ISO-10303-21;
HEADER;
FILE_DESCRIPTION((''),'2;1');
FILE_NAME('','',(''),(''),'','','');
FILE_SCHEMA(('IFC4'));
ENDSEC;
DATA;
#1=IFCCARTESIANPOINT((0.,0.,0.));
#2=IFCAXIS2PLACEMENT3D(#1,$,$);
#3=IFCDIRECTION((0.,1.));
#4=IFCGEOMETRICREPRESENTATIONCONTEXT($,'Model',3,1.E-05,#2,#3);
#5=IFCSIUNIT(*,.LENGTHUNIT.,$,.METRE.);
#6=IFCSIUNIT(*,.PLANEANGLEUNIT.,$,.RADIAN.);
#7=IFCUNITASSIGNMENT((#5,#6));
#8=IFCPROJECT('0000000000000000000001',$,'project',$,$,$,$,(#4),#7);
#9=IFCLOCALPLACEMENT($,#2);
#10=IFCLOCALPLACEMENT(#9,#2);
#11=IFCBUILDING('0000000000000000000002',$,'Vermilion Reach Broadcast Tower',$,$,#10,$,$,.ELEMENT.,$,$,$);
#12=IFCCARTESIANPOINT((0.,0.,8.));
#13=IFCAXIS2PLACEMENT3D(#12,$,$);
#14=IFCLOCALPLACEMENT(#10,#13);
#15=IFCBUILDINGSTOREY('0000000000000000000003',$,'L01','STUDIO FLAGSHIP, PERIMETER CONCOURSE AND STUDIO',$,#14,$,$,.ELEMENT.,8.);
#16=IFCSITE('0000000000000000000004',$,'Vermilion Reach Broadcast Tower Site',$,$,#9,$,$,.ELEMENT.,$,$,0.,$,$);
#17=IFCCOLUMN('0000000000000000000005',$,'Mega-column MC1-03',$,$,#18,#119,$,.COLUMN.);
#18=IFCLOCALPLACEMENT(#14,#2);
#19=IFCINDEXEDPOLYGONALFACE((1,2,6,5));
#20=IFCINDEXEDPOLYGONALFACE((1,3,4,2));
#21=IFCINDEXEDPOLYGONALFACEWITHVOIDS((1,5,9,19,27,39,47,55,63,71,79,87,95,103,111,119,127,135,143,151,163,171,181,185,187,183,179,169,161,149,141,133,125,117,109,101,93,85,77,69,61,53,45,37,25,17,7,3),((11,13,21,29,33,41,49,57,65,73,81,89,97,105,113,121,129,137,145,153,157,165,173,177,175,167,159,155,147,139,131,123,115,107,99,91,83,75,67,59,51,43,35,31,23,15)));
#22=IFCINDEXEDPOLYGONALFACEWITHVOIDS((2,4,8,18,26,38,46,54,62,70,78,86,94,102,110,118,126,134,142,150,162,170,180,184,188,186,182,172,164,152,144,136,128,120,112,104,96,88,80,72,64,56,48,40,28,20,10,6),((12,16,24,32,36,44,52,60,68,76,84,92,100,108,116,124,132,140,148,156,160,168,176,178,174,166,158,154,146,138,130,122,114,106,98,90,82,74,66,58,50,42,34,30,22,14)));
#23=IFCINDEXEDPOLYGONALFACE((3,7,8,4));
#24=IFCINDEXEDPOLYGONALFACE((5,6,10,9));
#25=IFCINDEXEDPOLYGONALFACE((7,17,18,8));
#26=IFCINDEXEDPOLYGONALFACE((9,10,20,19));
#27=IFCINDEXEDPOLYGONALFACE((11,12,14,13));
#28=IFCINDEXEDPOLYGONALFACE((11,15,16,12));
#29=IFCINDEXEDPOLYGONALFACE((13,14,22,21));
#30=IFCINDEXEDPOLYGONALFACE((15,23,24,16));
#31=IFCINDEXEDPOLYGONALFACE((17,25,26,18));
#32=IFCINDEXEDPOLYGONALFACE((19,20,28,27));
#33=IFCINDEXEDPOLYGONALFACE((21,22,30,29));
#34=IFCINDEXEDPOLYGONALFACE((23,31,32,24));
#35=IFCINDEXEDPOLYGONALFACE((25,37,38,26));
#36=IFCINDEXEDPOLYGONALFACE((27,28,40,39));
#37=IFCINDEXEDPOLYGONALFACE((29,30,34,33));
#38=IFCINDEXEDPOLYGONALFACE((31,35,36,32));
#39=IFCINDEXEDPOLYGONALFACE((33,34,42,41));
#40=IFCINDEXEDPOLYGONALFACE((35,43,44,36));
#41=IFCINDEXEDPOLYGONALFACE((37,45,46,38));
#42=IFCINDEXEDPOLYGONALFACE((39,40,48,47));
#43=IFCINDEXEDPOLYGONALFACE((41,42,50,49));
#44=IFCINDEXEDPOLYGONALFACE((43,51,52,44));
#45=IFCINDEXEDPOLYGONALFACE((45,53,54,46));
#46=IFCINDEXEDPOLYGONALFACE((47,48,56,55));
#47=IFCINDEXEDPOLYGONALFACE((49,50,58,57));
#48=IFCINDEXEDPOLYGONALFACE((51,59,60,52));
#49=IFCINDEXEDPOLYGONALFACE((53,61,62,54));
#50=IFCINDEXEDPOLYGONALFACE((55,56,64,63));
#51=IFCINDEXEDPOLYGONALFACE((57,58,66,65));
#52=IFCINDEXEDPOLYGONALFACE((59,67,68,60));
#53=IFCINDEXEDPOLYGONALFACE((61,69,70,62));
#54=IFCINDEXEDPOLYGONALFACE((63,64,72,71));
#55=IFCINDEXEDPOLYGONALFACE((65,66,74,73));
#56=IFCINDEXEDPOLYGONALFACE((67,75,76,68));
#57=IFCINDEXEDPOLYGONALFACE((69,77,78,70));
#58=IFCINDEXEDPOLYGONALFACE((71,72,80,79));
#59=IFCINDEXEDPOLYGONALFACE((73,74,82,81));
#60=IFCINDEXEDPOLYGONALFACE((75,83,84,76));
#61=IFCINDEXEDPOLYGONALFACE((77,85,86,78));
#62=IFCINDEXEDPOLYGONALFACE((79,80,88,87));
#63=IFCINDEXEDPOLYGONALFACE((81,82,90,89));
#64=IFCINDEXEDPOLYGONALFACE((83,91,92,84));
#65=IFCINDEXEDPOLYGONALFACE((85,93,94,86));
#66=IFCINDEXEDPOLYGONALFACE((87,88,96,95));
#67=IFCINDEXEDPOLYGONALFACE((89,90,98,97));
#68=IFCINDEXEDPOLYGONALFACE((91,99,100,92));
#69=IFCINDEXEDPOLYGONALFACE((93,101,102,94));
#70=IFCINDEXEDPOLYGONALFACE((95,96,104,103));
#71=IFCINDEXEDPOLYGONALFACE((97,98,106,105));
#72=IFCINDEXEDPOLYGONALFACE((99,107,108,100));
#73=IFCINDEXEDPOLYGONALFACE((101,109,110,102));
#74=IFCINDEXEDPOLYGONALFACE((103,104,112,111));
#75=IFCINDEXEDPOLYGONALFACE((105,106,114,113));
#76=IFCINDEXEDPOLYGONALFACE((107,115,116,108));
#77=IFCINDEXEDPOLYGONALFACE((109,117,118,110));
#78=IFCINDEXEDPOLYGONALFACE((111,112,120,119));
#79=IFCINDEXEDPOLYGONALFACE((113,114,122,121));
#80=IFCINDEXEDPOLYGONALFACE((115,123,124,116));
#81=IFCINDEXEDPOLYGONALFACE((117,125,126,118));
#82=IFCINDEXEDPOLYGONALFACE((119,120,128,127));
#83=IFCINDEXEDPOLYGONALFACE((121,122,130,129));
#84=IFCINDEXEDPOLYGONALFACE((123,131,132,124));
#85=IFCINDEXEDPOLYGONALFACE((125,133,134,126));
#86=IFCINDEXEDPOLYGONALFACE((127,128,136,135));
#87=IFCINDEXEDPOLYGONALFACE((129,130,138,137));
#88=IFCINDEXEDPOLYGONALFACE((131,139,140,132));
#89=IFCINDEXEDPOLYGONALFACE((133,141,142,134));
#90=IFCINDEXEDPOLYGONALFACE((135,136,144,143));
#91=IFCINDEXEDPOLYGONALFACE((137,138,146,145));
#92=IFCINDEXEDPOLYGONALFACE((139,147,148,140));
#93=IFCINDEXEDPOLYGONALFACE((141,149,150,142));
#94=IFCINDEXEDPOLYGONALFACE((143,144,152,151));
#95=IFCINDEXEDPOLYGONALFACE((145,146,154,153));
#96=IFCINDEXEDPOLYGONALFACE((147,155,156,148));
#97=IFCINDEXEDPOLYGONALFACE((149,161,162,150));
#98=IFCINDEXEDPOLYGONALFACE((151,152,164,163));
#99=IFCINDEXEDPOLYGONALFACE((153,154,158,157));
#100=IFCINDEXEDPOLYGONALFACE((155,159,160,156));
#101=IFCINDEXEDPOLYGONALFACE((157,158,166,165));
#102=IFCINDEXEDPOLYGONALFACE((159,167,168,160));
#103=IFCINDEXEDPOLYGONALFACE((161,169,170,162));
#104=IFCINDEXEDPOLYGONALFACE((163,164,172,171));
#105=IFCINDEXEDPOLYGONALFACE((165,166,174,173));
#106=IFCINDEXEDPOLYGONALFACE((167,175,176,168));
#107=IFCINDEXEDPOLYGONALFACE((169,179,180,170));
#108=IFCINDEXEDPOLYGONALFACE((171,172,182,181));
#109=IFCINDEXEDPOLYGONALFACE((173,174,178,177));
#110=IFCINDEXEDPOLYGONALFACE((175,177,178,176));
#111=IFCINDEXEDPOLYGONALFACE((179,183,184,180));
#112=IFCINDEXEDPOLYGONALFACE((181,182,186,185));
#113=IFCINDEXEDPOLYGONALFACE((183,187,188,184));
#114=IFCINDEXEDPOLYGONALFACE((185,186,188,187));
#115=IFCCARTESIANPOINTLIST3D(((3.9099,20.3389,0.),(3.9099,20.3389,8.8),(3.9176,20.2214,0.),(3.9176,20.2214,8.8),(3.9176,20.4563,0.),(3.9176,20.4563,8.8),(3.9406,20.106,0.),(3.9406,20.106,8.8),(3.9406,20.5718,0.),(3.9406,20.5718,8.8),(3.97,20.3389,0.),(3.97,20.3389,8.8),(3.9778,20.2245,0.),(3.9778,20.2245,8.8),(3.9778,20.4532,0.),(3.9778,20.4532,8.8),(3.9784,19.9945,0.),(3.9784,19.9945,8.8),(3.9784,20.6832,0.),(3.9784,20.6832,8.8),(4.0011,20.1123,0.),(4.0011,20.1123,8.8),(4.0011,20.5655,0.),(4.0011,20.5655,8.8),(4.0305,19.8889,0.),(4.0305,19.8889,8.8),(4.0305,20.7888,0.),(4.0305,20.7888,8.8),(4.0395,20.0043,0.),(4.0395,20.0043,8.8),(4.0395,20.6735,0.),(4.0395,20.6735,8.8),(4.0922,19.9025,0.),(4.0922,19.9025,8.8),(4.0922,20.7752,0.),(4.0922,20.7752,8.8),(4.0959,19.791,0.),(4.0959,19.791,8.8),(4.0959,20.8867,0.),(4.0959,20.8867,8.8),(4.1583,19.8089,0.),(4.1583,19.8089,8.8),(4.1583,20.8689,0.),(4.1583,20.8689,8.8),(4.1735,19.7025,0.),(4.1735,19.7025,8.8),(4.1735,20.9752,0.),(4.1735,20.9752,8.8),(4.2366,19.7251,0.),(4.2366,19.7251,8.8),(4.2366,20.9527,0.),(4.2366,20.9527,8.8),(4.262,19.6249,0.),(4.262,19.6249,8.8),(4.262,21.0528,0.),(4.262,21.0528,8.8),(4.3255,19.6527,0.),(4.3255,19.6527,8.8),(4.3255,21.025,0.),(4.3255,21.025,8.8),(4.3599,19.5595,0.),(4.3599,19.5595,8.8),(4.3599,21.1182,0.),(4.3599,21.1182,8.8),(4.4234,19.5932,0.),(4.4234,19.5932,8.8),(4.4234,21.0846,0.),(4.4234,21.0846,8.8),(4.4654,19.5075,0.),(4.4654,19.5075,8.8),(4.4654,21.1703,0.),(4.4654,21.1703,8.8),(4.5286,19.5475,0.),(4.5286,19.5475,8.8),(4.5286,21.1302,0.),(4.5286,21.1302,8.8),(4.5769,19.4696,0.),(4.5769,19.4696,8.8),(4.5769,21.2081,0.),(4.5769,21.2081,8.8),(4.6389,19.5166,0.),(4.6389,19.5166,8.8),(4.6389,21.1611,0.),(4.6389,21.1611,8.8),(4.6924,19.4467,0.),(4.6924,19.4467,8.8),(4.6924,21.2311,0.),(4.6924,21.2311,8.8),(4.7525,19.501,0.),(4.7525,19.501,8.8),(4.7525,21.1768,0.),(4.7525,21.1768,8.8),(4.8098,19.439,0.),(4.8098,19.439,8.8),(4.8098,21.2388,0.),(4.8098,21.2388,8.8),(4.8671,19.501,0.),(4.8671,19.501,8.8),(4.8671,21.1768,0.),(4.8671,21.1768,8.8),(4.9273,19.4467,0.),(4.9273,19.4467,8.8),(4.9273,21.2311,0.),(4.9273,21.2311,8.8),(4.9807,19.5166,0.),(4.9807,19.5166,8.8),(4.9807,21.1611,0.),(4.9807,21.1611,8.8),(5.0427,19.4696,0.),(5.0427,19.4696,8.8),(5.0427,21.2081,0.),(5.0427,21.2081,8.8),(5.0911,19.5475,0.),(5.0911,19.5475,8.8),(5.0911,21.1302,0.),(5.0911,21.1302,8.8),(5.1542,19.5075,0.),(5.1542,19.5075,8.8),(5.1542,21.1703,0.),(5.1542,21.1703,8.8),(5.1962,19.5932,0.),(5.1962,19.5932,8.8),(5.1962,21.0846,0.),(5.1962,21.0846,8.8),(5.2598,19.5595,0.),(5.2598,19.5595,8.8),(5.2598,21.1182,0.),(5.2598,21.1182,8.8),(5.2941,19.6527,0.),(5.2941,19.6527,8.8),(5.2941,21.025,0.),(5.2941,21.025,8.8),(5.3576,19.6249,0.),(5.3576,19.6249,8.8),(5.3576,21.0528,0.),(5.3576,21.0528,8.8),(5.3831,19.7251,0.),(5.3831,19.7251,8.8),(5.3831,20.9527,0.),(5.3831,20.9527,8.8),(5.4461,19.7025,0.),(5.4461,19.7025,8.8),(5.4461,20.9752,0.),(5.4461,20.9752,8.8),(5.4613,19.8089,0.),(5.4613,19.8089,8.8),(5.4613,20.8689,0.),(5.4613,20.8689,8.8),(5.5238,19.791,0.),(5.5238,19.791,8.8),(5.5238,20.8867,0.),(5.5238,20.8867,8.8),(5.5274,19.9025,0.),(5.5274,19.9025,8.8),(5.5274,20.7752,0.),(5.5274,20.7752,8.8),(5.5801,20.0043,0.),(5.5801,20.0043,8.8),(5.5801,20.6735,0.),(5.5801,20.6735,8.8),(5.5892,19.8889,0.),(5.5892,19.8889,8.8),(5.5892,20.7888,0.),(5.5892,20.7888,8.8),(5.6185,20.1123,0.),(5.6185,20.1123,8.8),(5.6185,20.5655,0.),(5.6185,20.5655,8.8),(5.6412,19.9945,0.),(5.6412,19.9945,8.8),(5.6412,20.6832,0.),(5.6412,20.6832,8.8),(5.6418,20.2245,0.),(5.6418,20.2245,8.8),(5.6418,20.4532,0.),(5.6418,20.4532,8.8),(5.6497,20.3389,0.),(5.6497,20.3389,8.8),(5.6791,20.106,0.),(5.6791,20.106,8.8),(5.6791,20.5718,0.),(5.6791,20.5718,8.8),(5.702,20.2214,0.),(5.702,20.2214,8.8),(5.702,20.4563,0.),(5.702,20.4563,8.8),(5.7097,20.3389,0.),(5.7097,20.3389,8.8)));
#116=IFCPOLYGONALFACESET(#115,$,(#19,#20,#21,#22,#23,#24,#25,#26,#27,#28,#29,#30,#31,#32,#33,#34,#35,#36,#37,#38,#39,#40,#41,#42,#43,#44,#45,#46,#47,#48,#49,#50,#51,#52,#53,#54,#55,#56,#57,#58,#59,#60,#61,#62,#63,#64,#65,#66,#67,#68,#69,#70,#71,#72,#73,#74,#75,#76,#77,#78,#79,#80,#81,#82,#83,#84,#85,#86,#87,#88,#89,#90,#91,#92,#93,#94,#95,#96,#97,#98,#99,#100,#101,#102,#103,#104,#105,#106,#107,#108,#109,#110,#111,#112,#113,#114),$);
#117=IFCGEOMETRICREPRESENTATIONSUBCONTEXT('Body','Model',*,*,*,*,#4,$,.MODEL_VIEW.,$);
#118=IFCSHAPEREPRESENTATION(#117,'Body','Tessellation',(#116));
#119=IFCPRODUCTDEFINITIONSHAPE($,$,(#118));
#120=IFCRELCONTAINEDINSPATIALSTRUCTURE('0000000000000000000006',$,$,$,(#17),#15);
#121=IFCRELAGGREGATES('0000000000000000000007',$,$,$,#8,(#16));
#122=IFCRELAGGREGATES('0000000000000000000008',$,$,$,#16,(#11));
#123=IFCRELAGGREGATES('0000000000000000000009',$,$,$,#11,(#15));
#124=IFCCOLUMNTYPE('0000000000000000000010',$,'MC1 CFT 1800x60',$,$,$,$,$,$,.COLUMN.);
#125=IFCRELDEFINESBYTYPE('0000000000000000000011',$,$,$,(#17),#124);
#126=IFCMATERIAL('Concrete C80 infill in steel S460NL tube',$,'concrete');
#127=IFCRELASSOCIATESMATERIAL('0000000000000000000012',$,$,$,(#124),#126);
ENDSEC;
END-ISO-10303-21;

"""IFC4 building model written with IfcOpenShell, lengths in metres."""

from ifc_helpers import new_model, si_unit, direction, frame, origin, origin_2d, place, context, subcontext, project, spatial, hollow_circle, extrude, material, material_profile, profile_set, type_object, element, save


model = new_model("IFC4")

# Units and contexts
model_context = context("Model", 3, precision=1e-05, world=origin(), true_north=direction((0.0, 1.0)))
body_context = subcontext(model_context, "Body", "Model", "MODEL_VIEW")
ifc_project = project(units=[si_unit("LENGTHUNIT", "METRE"), si_unit("PLANEANGLEUNIT", "RADIAN")], contexts=[model_context])

# Site, building, storey
site_placement = place(None, origin())
site = spatial("IfcSite", under=ifc_project, at=site_placement, Name="Vermilion Reach Broadcast Tower Site", CompositionType="ELEMENT", RefElevation=0.0)
building_placement = place(site_placement, origin())
building = spatial("IfcBuilding", under=site, at=building_placement, Name="Vermilion Reach Broadcast Tower", CompositionType="ELEMENT")
storey_placement = place(building_placement, frame((0.0, 0.0, 8.0)))
storey = spatial("IfcBuildingStorey", under=building, at=storey_placement, Name="L01", Description="STUDIO FLAGSHIP, PERIMETER CONCOURSE AND STUDIO", CompositionType="ELEMENT", Elevation=8.0)

# Column
ifc_material_1 = material(Name="Concrete C80 infill in steel S460NL tube", Category="concrete")
ifc_material_profile_1 = material_profile(ifc_material_1, hollow_circle(Radius=0.8999, WallThickness=0.0601, at=origin_2d()), Name="Concrete C80 infill in steel S460NL tube CFT 1800x60")
ifc_profile_set_1 = profile_set([ifc_material_profile_1], Name="Concrete C80 infill in steel S460NL tube")
column_type = type_object("IfcColumnType", Name="MC1 CFT 1800x60", PredefinedType="COLUMN", material=ifc_profile_set_1)
for number, where, z_axis, x_axis, name in (
    (1, (4.8098, 20.3389, 0.0), (0.0, 0.0, 1.0), (1.0, 0.0, 0.0), "Mega-column MC1-03"),
):
    element("IfcColumn", number, at=place(storey_placement, frame(where, z_axis=z_axis, x_axis=x_axis)), inside=storey, type_object=column_type, Name=name, PredefinedType="COLUMN", context=body_context, shape_type="SweptSolid", body=[
        extrude(hollow_circle(Radius=0.8999, WallThickness=0.0601, at=origin_2d()), origin(), (0.0, 0.0, 1.0), 8.8),
    ])

save(model, "model.ifc")
